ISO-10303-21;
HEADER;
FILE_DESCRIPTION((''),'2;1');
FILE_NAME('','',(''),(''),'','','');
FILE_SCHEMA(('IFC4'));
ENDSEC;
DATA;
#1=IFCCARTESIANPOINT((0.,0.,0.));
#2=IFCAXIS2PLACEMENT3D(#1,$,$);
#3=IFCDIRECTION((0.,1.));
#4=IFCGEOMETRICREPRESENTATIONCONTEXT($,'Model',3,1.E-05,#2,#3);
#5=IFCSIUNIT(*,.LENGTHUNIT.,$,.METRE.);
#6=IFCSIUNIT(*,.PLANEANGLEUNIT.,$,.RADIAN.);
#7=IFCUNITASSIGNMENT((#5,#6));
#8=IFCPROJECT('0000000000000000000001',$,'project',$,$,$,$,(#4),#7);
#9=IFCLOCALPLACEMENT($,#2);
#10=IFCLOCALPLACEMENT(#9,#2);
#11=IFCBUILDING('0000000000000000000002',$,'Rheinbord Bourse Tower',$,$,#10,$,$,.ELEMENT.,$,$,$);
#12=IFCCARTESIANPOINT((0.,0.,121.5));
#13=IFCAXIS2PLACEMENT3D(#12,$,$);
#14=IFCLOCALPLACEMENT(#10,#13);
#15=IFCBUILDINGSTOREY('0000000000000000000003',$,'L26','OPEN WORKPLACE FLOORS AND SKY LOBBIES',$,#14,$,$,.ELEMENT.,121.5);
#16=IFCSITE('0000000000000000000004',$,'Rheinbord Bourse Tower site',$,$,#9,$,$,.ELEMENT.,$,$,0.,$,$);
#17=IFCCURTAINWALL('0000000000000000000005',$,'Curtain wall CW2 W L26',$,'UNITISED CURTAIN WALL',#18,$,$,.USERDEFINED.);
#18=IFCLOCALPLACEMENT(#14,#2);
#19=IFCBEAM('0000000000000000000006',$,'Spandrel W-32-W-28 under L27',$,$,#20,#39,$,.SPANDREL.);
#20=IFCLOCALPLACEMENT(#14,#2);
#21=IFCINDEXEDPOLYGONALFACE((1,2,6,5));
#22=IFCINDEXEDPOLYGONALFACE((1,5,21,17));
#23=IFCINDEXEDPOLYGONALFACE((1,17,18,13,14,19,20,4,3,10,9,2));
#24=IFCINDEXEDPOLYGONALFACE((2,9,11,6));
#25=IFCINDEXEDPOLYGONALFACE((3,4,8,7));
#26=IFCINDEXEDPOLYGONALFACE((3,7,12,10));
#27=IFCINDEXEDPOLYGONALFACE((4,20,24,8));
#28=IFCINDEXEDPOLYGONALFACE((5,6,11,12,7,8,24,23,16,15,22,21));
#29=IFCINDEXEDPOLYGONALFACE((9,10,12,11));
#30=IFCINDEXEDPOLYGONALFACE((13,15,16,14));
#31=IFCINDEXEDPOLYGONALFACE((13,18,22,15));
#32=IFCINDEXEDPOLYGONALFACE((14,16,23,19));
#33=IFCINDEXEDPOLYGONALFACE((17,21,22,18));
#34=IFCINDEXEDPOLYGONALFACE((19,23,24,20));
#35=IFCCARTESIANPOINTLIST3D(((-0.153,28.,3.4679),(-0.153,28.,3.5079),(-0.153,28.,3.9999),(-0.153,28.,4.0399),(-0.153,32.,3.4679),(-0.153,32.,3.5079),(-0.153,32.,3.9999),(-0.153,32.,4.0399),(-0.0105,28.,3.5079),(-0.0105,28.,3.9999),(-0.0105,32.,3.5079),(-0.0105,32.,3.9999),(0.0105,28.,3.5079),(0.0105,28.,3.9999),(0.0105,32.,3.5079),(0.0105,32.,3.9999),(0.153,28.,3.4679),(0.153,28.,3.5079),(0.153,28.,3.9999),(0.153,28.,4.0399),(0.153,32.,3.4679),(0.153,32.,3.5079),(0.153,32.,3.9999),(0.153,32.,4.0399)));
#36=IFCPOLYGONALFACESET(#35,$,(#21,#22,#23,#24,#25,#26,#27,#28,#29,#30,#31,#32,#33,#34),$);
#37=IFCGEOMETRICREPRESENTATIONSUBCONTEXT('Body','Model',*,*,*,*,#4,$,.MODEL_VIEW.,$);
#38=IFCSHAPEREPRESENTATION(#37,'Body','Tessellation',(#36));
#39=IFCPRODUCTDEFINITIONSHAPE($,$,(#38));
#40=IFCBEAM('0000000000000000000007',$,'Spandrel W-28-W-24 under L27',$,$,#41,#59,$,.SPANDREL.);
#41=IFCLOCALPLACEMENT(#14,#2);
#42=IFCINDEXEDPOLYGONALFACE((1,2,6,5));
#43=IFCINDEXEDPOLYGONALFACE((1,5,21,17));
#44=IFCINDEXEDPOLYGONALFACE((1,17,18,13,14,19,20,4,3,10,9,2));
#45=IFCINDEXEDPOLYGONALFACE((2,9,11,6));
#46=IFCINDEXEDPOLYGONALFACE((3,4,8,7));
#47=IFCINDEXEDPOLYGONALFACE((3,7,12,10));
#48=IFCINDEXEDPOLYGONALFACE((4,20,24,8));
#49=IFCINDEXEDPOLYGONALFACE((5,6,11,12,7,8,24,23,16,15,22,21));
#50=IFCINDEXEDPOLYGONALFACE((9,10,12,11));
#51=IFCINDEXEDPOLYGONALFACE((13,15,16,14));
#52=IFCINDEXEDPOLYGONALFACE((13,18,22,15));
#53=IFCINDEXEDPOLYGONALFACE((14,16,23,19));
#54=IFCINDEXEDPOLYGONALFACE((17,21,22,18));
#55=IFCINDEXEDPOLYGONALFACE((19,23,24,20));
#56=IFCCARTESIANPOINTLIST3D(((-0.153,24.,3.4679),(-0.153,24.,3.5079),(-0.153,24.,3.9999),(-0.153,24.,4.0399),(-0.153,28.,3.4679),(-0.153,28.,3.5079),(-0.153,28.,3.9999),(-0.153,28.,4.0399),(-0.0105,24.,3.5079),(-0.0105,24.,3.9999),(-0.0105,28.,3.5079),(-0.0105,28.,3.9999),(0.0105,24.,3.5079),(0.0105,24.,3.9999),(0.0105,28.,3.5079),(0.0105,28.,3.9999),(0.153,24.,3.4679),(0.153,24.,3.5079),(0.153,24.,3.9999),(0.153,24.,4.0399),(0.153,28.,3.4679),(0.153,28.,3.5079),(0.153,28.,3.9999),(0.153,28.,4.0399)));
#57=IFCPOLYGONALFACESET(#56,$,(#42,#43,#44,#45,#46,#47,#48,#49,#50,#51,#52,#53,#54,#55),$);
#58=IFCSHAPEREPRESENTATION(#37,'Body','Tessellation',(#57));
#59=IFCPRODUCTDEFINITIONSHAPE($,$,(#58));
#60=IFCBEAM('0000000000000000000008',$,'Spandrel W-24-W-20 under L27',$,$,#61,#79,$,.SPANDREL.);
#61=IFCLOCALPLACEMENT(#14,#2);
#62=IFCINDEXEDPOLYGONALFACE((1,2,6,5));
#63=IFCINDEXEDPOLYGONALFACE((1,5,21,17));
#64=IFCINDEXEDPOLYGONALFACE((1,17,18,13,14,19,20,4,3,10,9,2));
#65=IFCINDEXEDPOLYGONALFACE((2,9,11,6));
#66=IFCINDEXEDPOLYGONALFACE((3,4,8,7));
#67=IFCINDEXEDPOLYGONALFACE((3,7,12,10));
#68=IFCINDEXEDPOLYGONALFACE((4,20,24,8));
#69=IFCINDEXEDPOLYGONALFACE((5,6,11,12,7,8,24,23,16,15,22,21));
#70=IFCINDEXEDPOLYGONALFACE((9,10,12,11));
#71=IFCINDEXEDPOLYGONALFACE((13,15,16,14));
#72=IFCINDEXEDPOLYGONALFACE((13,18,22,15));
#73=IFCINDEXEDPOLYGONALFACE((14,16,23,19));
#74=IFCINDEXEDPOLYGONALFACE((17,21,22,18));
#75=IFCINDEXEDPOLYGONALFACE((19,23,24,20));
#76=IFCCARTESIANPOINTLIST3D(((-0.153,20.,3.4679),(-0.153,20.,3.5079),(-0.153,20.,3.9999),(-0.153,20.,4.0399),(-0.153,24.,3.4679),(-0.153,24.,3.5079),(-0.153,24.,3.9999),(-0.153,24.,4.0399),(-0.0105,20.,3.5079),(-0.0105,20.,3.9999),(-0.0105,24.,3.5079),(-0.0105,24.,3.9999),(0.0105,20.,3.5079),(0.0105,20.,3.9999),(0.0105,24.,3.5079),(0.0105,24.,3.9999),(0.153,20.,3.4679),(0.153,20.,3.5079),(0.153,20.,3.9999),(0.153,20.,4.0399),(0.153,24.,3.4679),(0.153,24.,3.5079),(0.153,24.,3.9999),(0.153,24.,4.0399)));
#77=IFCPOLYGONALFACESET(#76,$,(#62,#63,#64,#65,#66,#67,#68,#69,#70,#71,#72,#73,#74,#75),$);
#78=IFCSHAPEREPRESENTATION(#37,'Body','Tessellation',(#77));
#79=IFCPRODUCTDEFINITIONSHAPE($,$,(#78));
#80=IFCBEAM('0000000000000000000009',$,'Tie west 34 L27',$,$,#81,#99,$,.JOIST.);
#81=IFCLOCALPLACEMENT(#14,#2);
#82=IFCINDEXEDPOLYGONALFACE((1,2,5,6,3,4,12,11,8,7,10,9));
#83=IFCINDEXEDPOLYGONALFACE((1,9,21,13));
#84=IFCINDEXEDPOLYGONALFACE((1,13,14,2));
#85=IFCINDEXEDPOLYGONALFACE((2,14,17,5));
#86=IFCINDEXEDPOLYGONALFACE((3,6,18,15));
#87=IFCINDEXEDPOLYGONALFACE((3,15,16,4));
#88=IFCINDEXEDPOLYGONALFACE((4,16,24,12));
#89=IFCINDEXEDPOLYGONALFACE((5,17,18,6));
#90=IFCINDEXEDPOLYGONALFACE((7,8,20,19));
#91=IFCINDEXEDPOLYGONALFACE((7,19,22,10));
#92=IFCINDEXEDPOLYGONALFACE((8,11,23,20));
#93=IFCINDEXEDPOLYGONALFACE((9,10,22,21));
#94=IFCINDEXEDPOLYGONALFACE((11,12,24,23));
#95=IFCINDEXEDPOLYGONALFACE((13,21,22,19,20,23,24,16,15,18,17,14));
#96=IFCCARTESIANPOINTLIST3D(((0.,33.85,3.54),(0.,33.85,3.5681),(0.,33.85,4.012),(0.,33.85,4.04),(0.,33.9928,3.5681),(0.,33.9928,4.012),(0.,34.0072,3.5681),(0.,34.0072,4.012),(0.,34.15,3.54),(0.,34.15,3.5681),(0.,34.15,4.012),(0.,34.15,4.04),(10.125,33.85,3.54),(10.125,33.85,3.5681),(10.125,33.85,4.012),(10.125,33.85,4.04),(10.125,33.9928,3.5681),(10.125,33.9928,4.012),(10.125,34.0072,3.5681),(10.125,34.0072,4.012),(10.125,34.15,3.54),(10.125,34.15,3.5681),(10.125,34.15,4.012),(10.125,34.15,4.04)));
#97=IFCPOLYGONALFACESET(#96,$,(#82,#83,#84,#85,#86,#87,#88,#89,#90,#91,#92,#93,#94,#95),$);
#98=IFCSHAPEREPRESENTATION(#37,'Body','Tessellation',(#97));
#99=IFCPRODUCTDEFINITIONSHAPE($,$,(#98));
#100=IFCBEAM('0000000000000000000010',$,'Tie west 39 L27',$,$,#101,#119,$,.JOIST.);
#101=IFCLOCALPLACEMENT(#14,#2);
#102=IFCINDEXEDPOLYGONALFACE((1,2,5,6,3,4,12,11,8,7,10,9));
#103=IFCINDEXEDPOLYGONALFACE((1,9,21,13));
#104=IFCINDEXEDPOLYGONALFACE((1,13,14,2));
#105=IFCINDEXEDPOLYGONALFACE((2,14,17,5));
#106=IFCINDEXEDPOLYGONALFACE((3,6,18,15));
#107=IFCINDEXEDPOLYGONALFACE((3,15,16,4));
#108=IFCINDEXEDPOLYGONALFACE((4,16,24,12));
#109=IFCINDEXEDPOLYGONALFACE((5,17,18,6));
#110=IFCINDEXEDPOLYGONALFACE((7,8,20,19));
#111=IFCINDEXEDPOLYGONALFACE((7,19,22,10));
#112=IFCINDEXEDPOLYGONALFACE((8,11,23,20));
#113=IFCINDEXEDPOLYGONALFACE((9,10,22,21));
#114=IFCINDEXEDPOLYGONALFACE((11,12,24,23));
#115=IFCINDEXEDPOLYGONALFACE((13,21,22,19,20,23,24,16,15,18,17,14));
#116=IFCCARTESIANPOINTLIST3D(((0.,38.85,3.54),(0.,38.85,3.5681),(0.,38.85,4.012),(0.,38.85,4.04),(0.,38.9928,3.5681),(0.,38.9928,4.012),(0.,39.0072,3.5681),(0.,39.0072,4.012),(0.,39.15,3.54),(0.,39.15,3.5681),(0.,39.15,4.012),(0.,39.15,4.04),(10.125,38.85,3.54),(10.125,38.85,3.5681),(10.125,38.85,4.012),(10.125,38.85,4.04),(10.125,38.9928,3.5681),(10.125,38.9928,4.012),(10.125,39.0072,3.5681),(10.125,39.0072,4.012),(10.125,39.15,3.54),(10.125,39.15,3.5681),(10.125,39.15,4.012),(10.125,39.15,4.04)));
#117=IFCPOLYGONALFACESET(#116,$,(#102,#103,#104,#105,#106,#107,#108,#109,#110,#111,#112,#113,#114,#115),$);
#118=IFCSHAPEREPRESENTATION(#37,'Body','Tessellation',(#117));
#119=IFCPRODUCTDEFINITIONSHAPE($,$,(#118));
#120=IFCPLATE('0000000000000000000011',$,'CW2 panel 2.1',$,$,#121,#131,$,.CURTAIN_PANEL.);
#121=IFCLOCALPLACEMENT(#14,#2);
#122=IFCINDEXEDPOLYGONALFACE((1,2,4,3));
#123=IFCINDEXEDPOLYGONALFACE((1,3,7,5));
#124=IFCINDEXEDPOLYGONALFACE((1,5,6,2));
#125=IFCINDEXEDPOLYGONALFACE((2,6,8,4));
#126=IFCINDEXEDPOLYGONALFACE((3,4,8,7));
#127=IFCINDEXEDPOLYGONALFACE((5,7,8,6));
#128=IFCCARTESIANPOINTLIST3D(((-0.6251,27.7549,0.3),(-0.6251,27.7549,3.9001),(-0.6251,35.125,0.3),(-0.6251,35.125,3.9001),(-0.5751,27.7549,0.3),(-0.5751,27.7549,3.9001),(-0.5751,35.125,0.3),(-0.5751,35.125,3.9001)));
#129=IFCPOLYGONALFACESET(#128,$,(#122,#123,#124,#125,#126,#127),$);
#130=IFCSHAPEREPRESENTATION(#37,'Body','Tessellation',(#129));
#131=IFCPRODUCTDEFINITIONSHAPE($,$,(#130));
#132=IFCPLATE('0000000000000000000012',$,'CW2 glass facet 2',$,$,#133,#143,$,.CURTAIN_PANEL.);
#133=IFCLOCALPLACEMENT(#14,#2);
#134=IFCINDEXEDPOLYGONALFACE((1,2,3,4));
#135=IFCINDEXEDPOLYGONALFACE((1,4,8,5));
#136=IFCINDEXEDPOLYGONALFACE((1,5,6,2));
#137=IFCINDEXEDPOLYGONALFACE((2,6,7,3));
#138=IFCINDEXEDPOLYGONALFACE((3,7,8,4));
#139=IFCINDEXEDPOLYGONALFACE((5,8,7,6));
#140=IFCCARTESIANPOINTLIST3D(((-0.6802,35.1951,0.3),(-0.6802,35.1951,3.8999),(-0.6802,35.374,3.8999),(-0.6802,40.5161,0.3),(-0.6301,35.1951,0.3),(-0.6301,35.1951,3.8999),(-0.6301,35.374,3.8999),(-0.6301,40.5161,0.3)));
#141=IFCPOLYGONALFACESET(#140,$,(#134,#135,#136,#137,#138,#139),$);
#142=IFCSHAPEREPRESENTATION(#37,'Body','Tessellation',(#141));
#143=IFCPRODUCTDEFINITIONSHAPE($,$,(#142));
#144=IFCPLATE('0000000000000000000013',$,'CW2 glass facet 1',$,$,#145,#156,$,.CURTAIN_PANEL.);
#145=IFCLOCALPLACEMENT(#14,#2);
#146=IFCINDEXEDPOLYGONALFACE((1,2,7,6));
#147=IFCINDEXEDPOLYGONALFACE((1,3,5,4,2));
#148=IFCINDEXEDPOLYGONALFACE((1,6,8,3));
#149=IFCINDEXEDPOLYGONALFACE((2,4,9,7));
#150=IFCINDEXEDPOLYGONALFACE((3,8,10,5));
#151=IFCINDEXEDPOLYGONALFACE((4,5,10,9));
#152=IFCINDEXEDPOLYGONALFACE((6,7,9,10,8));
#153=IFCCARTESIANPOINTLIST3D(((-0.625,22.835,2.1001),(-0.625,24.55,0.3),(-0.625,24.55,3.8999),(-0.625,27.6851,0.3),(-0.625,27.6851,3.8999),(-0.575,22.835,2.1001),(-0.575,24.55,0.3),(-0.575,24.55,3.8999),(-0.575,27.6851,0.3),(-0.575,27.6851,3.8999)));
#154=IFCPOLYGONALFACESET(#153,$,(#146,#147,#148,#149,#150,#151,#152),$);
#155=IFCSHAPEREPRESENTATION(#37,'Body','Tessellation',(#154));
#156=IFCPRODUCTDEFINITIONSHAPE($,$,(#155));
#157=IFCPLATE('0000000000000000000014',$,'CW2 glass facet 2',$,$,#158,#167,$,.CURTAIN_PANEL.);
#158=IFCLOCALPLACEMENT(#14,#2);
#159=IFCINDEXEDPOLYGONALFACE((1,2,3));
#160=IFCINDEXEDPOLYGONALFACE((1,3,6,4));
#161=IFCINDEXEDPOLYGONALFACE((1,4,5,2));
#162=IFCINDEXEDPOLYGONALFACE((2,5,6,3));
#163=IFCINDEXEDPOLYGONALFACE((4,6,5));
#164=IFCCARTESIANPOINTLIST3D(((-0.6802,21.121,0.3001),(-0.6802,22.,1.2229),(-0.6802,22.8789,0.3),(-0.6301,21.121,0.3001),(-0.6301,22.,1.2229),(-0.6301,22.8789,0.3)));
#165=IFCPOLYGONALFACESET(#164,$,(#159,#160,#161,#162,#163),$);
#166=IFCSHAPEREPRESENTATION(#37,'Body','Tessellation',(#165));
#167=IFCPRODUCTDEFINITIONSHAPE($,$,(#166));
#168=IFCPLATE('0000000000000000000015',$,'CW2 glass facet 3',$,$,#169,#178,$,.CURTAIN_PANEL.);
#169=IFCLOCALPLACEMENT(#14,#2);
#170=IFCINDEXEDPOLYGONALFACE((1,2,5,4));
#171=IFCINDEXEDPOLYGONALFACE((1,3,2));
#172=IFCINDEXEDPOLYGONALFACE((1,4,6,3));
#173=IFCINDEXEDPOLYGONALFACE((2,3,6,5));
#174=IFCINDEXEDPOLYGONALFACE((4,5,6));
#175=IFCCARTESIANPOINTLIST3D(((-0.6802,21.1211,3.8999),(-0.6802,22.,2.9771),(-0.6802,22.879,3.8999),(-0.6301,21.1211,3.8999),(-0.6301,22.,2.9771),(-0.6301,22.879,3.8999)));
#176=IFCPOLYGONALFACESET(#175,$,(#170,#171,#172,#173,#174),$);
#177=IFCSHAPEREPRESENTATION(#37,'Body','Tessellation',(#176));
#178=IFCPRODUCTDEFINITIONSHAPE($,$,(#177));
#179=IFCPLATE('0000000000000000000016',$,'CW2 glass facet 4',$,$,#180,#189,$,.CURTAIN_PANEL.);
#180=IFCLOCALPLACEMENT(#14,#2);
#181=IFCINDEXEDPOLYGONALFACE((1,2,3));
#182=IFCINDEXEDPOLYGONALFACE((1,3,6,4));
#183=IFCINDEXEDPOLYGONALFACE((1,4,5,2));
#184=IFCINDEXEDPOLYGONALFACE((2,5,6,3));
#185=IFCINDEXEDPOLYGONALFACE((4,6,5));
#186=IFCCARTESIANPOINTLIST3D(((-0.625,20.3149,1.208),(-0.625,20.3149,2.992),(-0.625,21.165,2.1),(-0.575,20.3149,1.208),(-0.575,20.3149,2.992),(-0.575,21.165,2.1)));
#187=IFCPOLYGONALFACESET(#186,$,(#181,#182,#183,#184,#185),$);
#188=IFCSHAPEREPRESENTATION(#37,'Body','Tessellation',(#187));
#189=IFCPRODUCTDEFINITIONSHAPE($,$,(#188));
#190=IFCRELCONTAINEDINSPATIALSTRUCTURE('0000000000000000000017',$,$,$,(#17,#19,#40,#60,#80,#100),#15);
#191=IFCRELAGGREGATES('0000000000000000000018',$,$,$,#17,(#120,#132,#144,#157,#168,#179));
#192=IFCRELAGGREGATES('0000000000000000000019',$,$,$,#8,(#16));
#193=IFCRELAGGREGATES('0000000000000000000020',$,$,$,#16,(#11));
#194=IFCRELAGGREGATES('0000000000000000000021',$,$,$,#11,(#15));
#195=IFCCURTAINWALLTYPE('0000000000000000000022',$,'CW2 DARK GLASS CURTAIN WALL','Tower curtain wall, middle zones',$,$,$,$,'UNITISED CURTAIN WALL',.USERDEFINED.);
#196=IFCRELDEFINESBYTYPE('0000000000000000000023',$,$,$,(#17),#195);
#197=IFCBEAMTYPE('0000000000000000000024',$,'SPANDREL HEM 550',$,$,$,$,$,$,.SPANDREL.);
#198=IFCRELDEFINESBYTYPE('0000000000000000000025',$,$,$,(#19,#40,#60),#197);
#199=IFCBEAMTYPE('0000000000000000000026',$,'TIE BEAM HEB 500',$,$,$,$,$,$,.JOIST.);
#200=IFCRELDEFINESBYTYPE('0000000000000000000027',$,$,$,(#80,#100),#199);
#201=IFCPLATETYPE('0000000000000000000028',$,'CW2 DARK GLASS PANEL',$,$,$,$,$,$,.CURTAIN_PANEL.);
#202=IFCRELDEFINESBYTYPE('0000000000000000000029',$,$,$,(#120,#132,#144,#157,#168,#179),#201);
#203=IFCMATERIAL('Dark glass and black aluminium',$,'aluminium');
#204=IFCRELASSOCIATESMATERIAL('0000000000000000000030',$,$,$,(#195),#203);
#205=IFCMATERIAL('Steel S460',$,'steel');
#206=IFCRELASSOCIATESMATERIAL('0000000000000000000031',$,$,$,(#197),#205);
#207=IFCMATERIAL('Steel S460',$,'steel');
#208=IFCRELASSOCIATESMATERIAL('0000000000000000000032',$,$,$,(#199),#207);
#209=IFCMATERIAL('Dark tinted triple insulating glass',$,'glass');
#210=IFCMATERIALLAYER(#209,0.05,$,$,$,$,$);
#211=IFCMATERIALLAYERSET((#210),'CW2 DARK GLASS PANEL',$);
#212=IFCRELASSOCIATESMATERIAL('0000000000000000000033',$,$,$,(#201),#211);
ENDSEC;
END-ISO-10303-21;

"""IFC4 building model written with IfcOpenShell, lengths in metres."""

from ifc_helpers import new_model, si_unit, direction, frame, origin, origin_2d, place, context, subcontext, project, spatial, polyline, rectangle, i_section, outline, extrude, material, layer, layer_set, material_profile, profile_set, type_object, element, aggregate, save


model = new_model("IFC4")

# Units and contexts
model_context = context("Model", 3, precision=1e-05, world=origin(), true_north=direction((0.0, 1.0)))
body_context = subcontext(model_context, "Body", "Model", "MODEL_VIEW")
ifc_project = project(units=[si_unit("LENGTHUNIT", "METRE"), si_unit("PLANEANGLEUNIT", "RADIAN")], contexts=[model_context])

# Site, building, storey
site_placement = place(None, origin())
site = spatial("IfcSite", under=ifc_project, at=site_placement, Name="Rheinbord Bourse Tower site", CompositionType="ELEMENT", RefElevation=0.0)
building_placement = place(site_placement, origin())
building = spatial("IfcBuilding", under=site, at=building_placement, Name="Rheinbord Bourse Tower", CompositionType="ELEMENT")
storey_placement = place(building_placement, frame((0.0, 0.0, 121.5)))
storey = spatial("IfcBuildingStorey", under=building, at=storey_placement, Name="L26", Description="OPEN WORKPLACE FLOORS AND SKY LOBBIES", CompositionType="ELEMENT", Elevation=121.5)

# Curtain wall
ifc_material_1 = material(Name="Dark glass and black aluminium", Category="aluminium")
curtain_wall_type = type_object("IfcCurtainWallType", Name="CW2 DARK GLASS CURTAIN WALL", Description="Tower curtain wall, middle zones", ElementType="UNITISED CURTAIN WALL", PredefinedType="USERDEFINED", material=ifc_material_1)
curtain_wall_placement = place(storey_placement, origin())
curtain_wall = element("IfcCurtainWall", 1, at=curtain_wall_placement, inside=storey, type_object=curtain_wall_type, Name="Curtain wall CW2 W L26", ObjectType="UNITISED CURTAIN WALL", PredefinedType="USERDEFINED")

# Beams
ifc_material_2 = material(Name="Steel S460", Category="steel")
ifc_material_profile_1 = material_profile(ifc_material_2, i_section(OverallWidth=0.3059, OverallDepth=0.572, WebThickness=0.021, FlangeThickness=0.04, at=origin_2d()), Name="HEM 550")
ifc_profile_set_1 = profile_set([ifc_material_profile_1], Name="Steel S460")
beam_type_1 = type_object("IfcBeamType", Name="SPANDREL HEM 550", PredefinedType="SPANDREL", material=ifc_profile_set_1)
for number, where, z_axis, x_axis, name in (
    (2, (0.0, 32.0, 3.7539), (0.0, -1.0, 0.0), (1.0, 0.0, 0.0), "Spandrel W-32-W-28 under L27"),
    (3, (0.0, 28.0, 3.7539), (0.0, -1.0, 0.0), (1.0, 0.0, 0.0), "Spandrel W-28-W-24 under L27"),
    (4, (0.0, 24.0, 3.7539), (0.0, -1.0, 0.0), (1.0, 0.0, 0.0), "Spandrel W-24-W-20 under L27"),
):
    element("IfcBeam", number, at=place(storey_placement, frame(where, z_axis=z_axis, x_axis=x_axis)), inside=storey, type_object=beam_type_1, Name=name, PredefinedType="SPANDREL", context=body_context, shape_type="SweptSolid", body=[
        extrude(i_section(OverallWidth=0.3059, OverallDepth=0.572, WebThickness=0.021, FlangeThickness=0.04, at=origin_2d()), origin(), (0.0, 0.0, 1.0), 4.0),
    ])
ifc_material_3 = material(Name="Steel S460", Category="steel")
ifc_material_profile_2 = material_profile(ifc_material_3, i_section(OverallWidth=0.3, OverallDepth=0.5, WebThickness=0.0144, FlangeThickness=0.0281, at=origin_2d()), Name="HEB 500")
ifc_profile_set_2 = profile_set([ifc_material_profile_2], Name="Steel S460")
beam_type_2 = type_object("IfcBeamType", Name="TIE BEAM HEB 500", PredefinedType="JOIST", material=ifc_profile_set_2)
for number, where, z_axis, x_axis, name in (
    (5, (0.0, 34.0, 3.79), (1.0, 0.0, 0.0), (0.0, 1.0, 0.0), "Tie west 34 L27"),
    (6, (0.0, 39.0, 3.79), (1.0, 0.0, 0.0), (0.0, 1.0, 0.0), "Tie west 39 L27"),
):
    element("IfcBeam", number, at=place(storey_placement, frame(where, z_axis=z_axis, x_axis=x_axis)), inside=storey, type_object=beam_type_2, Name=name, PredefinedType="JOIST", context=body_context, shape_type="SweptSolid", body=[
        extrude(i_section(OverallWidth=0.3, OverallDepth=0.5, WebThickness=0.0144, FlangeThickness=0.0281, at=origin_2d()), origin(), (0.0, 0.0, 1.0), 10.125),
    ])

# Plates
ifc_material_4 = material(Name="Dark tinted triple insulating glass", Category="glass")
ifc_layer = layer(ifc_material_4, 0.05)
ifc_layer_set = layer_set([ifc_layer], Name="CW2 DARK GLASS PANEL")
plate_type = type_object("IfcPlateType", Name="CW2 DARK GLASS PANEL", PredefinedType="CURTAIN_PANEL", material=ifc_layer_set)
plate_1_placement = place(storey_placement, frame((-0.6001, 31.4399, 0.3), z_axis=(0.0, 0.0, 1.0), x_axis=(0.0, -1.0, 0.0)))
plate_1 = element("IfcPlate", 7, at=plate_1_placement, type_object=plate_type, Name="CW2 panel 2.1", PredefinedType="CURTAIN_PANEL", context=body_context, shape_type="SweptSolid", body=[
    extrude(rectangle(XDim=7.3701, YDim=0.05, at=origin_2d()), origin(), (0.0, 0.0, 1.0), 3.6001),
])
plate_2_placement = place(storey_placement, frame((-0.6802, 35.1951, 3.8999), z_axis=(1.0, 0.0, 0.0), x_axis=(0.0, 0.0, -1.0)))
plate_2 = element("IfcPlate", 8, at=plate_2_placement, type_object=plate_type, Name="CW2 glass facet 2", PredefinedType="CURTAIN_PANEL", context=body_context, shape_type="SweptSolid", body=[
    extrude(outline(polyline([(0.0, 0.0), (3.5999, 0.0), (3.5999, 5.321), (0.0, 0.179), (0.0, 0.0)])), origin(), (0.0, 0.0, 1.0), 0.05),
])
plate_3_placement = place(storey_placement, frame((-0.625, 27.6851, 0.3), z_axis=(1.0, 0.0, 0.0), x_axis=(0.0, 0.0, 1.0)))
plate_3 = element("IfcPlate", 9, at=plate_3_placement, type_object=plate_type, Name="CW2 glass facet 1", PredefinedType="CURTAIN_PANEL", context=body_context, shape_type="SweptSolid", body=[
    extrude(outline(polyline([(0.0, 0.0), (3.5999, 0.0), (3.5999, 3.135), (1.8, 4.8501), (0.0, 3.135), (0.0, 0.0)])), origin(), (0.0, 0.0, 1.0), 0.05),
])
plate_4_placement = place(storey_placement, frame((-0.6802, 22.8789, 0.3), z_axis=(1.0, 0.0, 0.0), x_axis=(0.0, -0.689655, 0.724138)))
plate_4 = element("IfcPlate", 10, at=plate_4_placement, type_object=plate_type, Name="CW2 glass facet 2", PredefinedType="CURTAIN_PANEL", context=body_context, shape_type="SweptSolid", body=[
    extrude(outline(polyline([(0.0, 0.0), (1.2744, 0.0), (1.2124, 1.2729), (0.0, 0.0)])), origin(), (0.0, 0.0, 1.0), 0.05),
])
plate_5_placement = place(storey_placement, frame((-0.6802, 21.1211, 3.8999), z_axis=(1.0, 0.0, 0.0), x_axis=(0.0, 0.689655, -0.724138)))
plate_5 = element("IfcPlate", 11, at=plate_5_placement, type_object=plate_type, Name="CW2 glass facet 3", PredefinedType="CURTAIN_PANEL", context=body_context, shape_type="SweptSolid", body=[
    extrude(outline(polyline([(0.0, 0.0), (1.2744, 0.0), (1.2124, 1.2729), (0.0, 0.0)])), origin(), (0.0, 0.0, 1.0), 0.05),
])
plate_6_placement = place(storey_placement, frame((-0.625, 20.3149, 1.208), z_axis=(1.0, 0.0, 0.0), x_axis=(0.0, 0.689863, 0.72394)))
plate_6 = element("IfcPlate", 12, at=plate_6_placement, type_object=plate_type, Name="CW2 glass facet 4", PredefinedType="CURTAIN_PANEL", context=body_context, shape_type="SweptSolid", body=[
    extrude(outline(polyline([(0.0, 0.0), (1.2322, 0.0), (1.2915, 1.2307), (0.0, 0.0)])), origin(), (0.0, 0.0, 1.0), 0.05),
])
aggregate(curtain_wall, [plate_1, plate_2, plate_3, plate_4, plate_5, plate_6])

save(model, "model.ifc")
